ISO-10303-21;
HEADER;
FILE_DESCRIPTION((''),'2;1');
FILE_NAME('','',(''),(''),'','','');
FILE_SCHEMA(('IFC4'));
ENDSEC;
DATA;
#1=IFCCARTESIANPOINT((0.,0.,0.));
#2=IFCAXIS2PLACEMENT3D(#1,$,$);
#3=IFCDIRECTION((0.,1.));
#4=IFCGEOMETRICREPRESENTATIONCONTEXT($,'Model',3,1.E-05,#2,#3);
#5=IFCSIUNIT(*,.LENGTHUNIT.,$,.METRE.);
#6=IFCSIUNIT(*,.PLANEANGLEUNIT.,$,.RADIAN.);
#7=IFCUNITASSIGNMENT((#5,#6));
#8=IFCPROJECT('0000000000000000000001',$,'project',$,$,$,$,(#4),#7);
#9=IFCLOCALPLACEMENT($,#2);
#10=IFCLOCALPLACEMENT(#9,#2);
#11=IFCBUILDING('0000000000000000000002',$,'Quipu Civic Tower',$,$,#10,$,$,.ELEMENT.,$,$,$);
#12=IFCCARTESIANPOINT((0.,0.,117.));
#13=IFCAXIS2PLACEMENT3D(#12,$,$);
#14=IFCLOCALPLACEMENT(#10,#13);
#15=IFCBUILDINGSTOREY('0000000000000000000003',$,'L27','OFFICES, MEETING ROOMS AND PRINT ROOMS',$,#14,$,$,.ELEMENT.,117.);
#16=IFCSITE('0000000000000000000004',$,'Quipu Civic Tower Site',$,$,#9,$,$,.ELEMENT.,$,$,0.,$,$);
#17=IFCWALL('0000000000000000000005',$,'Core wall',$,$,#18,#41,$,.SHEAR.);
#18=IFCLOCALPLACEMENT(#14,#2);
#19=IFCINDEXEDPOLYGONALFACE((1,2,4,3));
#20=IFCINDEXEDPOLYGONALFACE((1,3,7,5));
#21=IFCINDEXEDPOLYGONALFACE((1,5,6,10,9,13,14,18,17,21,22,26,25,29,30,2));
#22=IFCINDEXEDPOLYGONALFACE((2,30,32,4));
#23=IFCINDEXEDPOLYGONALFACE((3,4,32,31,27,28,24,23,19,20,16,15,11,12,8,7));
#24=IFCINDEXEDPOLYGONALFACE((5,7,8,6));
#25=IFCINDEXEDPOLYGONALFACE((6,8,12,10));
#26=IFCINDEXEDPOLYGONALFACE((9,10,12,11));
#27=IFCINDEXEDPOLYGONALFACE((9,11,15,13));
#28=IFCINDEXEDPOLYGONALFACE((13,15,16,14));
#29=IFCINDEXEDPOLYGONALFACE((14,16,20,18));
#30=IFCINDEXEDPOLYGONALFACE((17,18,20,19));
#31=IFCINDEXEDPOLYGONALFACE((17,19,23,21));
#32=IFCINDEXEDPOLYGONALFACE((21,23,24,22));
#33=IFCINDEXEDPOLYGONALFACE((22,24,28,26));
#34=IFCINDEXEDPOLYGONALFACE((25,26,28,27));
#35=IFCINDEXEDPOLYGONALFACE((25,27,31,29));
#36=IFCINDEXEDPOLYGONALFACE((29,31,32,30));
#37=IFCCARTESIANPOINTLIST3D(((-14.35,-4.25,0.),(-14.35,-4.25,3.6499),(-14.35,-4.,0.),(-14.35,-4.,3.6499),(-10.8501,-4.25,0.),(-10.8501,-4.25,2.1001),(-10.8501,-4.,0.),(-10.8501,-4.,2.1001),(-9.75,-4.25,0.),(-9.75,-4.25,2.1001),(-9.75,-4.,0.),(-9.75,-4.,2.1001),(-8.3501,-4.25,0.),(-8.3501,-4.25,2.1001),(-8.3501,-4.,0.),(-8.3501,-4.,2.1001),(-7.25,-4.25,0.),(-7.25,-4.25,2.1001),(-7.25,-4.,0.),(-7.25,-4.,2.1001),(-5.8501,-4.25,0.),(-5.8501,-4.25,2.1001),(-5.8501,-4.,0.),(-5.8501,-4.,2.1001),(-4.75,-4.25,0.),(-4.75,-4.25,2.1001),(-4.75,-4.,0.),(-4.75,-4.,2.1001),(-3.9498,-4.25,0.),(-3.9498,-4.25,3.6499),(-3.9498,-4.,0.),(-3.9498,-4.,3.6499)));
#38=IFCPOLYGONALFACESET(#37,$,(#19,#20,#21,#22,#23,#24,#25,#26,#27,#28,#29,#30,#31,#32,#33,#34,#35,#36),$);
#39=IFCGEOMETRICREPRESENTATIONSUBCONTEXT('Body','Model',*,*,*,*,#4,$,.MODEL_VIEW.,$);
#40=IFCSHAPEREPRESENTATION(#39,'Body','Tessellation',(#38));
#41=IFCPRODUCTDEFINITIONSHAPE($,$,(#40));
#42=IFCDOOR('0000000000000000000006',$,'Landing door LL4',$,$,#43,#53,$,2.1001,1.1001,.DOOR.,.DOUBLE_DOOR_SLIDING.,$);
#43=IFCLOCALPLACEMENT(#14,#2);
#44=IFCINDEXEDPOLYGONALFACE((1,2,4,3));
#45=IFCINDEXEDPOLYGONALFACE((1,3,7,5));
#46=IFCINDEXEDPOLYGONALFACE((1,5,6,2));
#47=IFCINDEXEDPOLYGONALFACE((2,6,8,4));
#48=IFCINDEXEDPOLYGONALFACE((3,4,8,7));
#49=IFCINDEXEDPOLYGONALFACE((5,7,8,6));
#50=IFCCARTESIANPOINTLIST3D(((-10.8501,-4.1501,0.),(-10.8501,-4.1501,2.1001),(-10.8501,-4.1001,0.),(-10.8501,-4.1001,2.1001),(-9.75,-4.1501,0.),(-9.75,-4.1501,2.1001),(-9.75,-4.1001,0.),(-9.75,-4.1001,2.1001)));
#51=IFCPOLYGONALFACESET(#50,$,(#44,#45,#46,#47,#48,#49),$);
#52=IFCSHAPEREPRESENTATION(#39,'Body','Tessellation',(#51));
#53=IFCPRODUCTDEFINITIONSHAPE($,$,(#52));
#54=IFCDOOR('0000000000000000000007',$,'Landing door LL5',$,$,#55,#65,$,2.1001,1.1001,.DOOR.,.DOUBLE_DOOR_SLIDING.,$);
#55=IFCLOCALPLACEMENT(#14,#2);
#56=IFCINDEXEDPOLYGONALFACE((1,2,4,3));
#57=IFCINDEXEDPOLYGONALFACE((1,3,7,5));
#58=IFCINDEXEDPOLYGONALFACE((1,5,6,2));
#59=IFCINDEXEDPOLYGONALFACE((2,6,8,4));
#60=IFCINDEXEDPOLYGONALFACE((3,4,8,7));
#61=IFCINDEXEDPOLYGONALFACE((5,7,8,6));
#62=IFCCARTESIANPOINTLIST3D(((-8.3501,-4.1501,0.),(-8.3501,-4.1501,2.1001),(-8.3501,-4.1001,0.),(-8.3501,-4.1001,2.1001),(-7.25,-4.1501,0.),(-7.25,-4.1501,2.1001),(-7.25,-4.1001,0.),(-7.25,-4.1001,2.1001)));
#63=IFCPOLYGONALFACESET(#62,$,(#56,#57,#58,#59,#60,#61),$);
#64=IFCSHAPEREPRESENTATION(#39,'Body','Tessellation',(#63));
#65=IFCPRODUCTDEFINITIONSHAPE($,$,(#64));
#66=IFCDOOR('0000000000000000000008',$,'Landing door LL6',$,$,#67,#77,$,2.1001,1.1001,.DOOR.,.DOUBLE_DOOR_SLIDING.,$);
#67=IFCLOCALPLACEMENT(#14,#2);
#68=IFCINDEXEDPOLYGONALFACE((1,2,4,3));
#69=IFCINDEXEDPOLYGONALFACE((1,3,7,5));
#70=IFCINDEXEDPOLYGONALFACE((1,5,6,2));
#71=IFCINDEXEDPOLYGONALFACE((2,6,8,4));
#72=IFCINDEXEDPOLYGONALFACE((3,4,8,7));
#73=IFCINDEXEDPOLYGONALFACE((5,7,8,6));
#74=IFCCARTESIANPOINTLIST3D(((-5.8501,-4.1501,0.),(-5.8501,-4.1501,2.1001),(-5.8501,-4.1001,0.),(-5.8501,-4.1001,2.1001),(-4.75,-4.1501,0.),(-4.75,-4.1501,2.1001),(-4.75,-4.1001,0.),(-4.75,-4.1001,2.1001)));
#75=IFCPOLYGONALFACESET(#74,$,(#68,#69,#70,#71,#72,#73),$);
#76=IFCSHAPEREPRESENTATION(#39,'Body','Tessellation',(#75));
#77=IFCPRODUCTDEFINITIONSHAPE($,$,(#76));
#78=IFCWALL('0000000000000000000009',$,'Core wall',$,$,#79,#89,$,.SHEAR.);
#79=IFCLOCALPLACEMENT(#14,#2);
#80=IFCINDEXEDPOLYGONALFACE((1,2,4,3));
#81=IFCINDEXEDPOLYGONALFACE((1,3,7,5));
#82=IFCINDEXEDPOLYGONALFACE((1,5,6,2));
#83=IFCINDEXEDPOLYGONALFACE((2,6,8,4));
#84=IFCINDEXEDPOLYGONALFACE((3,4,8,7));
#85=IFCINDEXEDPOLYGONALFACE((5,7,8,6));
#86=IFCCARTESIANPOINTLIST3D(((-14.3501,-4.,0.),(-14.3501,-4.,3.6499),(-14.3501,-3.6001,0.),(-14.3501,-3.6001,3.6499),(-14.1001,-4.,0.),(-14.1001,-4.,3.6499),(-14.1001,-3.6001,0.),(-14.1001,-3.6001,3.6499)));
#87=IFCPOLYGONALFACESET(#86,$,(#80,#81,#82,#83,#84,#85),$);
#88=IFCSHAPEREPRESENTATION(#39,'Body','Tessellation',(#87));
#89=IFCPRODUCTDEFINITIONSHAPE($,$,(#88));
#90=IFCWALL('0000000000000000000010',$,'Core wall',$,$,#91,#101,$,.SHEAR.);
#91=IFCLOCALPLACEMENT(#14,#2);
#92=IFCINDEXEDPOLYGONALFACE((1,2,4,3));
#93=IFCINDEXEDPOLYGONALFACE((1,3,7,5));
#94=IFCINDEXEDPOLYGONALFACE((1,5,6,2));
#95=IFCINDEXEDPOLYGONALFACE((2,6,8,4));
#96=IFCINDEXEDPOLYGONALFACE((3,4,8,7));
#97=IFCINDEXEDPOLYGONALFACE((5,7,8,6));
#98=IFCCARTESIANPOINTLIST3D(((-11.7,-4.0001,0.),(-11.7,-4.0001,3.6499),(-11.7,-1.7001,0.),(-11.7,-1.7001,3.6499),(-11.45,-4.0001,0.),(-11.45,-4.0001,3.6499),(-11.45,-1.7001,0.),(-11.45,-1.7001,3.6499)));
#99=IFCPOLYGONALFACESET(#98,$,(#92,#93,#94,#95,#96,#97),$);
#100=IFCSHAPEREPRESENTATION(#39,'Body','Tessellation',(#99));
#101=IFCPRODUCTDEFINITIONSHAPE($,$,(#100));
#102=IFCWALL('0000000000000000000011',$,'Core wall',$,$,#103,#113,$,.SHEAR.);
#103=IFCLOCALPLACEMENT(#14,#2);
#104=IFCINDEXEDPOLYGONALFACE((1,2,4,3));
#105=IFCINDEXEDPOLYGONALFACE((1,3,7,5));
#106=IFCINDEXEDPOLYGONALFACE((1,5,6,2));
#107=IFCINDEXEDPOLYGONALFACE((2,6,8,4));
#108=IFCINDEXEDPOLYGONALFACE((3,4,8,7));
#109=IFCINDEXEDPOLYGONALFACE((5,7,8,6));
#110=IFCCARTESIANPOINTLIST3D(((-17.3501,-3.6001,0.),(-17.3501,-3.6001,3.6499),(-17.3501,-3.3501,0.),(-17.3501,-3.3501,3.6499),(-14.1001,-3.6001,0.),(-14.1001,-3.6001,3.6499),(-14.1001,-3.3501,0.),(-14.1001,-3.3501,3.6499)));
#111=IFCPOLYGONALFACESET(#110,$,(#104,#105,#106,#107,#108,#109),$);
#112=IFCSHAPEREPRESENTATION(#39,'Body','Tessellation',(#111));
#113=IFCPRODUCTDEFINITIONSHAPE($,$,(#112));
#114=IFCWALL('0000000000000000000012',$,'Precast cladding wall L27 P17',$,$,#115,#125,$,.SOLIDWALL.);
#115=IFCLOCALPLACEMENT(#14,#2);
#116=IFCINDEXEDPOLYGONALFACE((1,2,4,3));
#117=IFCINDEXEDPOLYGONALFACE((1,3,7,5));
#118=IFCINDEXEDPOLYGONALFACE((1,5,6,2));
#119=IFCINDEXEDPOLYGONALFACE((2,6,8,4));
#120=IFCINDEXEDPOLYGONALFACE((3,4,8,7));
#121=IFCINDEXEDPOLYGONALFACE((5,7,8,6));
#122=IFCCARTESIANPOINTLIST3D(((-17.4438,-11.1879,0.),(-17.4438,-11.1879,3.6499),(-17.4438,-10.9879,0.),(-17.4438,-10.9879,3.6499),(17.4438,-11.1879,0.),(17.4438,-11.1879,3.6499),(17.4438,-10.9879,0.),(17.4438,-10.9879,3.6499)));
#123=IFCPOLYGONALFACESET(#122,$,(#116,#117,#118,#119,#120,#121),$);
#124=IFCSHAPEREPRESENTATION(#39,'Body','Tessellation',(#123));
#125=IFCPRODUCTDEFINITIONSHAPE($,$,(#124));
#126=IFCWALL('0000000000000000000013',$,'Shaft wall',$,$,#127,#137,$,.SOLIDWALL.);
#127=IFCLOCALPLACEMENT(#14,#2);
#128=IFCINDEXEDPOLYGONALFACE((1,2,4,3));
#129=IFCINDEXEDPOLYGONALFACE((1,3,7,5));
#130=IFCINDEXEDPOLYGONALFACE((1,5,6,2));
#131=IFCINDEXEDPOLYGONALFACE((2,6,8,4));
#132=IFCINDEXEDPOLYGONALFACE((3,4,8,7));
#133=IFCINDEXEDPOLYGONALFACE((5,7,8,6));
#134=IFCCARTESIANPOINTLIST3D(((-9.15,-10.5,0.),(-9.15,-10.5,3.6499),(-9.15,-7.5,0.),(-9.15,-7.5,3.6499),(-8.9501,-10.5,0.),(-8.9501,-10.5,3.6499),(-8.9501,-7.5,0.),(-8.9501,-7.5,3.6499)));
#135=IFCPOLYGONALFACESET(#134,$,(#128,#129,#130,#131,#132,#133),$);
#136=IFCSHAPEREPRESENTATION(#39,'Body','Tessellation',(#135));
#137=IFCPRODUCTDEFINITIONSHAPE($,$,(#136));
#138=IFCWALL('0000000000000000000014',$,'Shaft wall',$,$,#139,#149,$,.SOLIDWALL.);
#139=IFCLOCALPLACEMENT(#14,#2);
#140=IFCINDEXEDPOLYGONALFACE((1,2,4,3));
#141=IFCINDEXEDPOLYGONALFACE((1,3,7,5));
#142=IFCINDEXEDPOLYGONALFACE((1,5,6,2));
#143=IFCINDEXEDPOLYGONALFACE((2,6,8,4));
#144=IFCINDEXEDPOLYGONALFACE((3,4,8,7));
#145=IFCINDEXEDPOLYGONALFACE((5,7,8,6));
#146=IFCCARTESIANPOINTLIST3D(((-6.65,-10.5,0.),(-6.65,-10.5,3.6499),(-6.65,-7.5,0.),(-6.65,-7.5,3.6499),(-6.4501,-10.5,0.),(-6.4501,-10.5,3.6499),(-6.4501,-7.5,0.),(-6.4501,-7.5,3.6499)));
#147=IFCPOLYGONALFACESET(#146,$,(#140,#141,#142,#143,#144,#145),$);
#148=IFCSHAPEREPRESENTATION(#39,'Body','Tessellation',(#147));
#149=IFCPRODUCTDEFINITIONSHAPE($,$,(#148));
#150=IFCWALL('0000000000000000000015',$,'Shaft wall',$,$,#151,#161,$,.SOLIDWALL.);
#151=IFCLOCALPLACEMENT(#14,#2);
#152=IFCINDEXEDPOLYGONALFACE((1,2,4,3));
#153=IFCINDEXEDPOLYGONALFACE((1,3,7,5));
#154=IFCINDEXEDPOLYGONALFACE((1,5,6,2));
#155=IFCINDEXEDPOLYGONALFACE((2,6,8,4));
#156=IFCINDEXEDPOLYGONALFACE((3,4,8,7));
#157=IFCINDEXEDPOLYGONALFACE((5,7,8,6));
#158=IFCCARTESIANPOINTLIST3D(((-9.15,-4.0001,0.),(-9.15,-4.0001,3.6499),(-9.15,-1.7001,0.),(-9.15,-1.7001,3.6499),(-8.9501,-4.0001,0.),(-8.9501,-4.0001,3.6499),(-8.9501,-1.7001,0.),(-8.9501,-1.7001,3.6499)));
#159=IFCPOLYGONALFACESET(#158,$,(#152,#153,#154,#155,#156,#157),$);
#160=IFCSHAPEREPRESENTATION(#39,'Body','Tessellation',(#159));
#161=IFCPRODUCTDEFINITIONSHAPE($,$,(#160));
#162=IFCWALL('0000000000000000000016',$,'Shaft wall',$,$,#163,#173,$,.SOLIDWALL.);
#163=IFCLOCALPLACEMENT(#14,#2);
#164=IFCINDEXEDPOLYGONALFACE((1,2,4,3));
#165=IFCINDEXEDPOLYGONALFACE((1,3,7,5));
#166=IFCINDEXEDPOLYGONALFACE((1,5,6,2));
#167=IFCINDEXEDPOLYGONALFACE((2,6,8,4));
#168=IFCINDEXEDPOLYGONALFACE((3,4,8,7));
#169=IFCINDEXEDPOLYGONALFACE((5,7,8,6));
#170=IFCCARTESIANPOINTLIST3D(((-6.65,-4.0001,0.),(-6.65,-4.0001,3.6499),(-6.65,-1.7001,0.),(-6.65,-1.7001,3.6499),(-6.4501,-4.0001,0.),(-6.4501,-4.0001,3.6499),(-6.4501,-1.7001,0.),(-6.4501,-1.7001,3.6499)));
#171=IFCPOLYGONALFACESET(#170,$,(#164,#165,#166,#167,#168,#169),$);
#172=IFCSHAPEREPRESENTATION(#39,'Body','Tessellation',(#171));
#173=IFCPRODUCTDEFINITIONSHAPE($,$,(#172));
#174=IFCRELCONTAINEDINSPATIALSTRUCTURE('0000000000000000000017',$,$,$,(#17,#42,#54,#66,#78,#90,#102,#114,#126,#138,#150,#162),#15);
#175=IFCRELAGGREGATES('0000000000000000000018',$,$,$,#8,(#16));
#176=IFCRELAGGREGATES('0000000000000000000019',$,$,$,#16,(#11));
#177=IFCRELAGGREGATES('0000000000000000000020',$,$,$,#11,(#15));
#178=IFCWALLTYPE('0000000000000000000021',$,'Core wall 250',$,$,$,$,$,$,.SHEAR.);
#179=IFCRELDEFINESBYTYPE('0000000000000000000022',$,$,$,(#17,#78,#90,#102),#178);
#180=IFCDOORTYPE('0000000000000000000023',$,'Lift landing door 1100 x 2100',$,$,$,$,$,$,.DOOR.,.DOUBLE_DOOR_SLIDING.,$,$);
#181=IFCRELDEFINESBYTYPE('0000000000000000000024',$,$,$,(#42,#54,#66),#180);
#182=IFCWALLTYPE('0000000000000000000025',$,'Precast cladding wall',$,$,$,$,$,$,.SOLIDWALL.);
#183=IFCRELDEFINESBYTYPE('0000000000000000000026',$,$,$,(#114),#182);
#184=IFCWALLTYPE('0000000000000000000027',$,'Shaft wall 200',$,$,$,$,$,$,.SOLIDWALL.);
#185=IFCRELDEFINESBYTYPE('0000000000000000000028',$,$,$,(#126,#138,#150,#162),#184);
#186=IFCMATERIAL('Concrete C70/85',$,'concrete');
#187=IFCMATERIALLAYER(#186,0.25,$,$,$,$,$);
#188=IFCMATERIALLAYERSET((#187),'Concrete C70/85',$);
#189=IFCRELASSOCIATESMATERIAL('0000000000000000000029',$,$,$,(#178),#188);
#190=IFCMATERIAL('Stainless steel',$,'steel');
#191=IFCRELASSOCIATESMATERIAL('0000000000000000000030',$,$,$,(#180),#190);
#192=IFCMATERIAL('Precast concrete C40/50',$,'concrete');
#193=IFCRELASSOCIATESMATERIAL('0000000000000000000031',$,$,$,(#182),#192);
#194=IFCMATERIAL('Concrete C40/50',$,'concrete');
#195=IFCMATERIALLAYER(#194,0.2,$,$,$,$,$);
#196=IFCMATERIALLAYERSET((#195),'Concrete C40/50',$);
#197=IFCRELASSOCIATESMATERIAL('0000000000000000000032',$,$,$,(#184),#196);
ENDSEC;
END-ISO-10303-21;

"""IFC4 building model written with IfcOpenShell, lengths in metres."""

from ifc_helpers import new_model, si_unit, direction, frame, frame_2d, origin, place, context, subcontext, project, spatial, rectangle, extrude, material, layer, layer_set, type_object, element, fill, save


model = new_model("IFC4")

# Units and contexts
model_context = context("Model", 3, precision=1e-05, world=origin(), true_north=direction((0.0, 1.0)))
body_context = subcontext(model_context, "Body", "Model", "MODEL_VIEW")
ifc_project = project(units=[si_unit("LENGTHUNIT", "METRE"), si_unit("PLANEANGLEUNIT", "RADIAN")], contexts=[model_context])

# Site, building, storey
site_placement = place(None, origin())
site = spatial("IfcSite", under=ifc_project, at=site_placement, Name="Quipu Civic Tower Site", CompositionType="ELEMENT", RefElevation=0.0)
building_placement = place(site_placement, origin())
building = spatial("IfcBuilding", under=site, at=building_placement, Name="Quipu Civic Tower", CompositionType="ELEMENT")
storey_placement = place(building_placement, frame((0.0, 0.0, 117.0)))
storey = spatial("IfcBuildingStorey", under=building, at=storey_placement, Name="L27", Description="OFFICES, MEETING ROOMS AND PRINT ROOMS", CompositionType="ELEMENT", Elevation=117.0)

# Shared definitions
ifc_material_1 = material(Name="Concrete C70/85", Category="concrete")
ifc_layer_1 = layer(ifc_material_1, 0.25)
ifc_layer_set_1 = layer_set([ifc_layer_1], Name="Concrete C70/85")
wall_type_1 = type_object("IfcWallType", Name="Core wall 250", PredefinedType="SHEAR", material=ifc_layer_set_1)

# Wall, openings, doors
wall_1_placement = place(storey_placement, frame((-14.3501, -4.125, 0.0), z_axis=(0.0, 0.0, 1.0), x_axis=(1.0, 0.0, 0.0)))
wall_1 = element("IfcWall", 1, at=wall_1_placement, inside=storey, type_object=wall_type_1, Name="Core wall", PredefinedType="SHEAR", context=body_context, shape_type="SweptSolid", body=[
    extrude(rectangle(XDim=10.4001, YDim=0.25, at=frame_2d((5.2002, 0.0))), origin(), (0.0, 0.0, 1.0), 3.6499),
])
opening_1_placement = place(wall_1_placement, frame((3.5, 0.0, 0.0)))
opening_1 = element("IfcOpeningElement", 2, at=opening_1_placement, cuts=wall_1, PredefinedType="OPENING", context=body_context, shape_type="SweptSolid", body=[
    extrude(rectangle(XDim=1.1001, YDim=2.1001, at=frame_2d((0.55, 1.05))), frame((0.0, 0.135, 0.0), z_axis=(0.0, -1.0, 0.0), x_axis=(1.0, 0.0, 0.0)), (0.0, 0.0, 1.0), 0.27),
])
opening_2_placement = place(wall_1_placement, frame((6.0, 0.0, 0.0)))
opening_2 = element("IfcOpeningElement", 3, at=opening_2_placement, cuts=wall_1, PredefinedType="OPENING", context=body_context, shape_type="SweptSolid", body=[
    extrude(rectangle(XDim=1.1001, YDim=2.1001, at=frame_2d((0.55, 1.05))), frame((0.0, 0.135, 0.0), z_axis=(0.0, -1.0, 0.0), x_axis=(1.0, 0.0, 0.0)), (0.0, 0.0, 1.0), 0.27),
])
opening_3_placement = place(wall_1_placement, frame((8.5, 0.0, 0.0)))
opening_3 = element("IfcOpeningElement", 4, at=opening_3_placement, cuts=wall_1, PredefinedType="OPENING", context=body_context, shape_type="SweptSolid", body=[
    extrude(rectangle(XDim=1.1001, YDim=2.1001, at=frame_2d((0.55, 1.05))), frame((0.0, 0.135, 0.0), z_axis=(0.0, -1.0, 0.0), x_axis=(1.0, 0.0, 0.0)), (0.0, 0.0, 1.0), 0.27),
])
ifc_material_2 = material(Name="Stainless steel", Category="steel")
door_type_1 = type_object("IfcDoorType", Name="Lift landing door 1100 x 2100", OperationType="DOUBLE_DOOR_SLIDING", PredefinedType="DOOR", material=ifc_material_2)
door_1_placement = place(opening_1_placement, origin())
door_1 = element("IfcDoor", 5, at=door_1_placement, inside=storey, type_object=door_type_1, Name="Landing door LL4", OperationType="DOUBLE_DOOR_SLIDING", OverallHeight=2.1001, OverallWidth=1.1001, PredefinedType="DOOR", context=body_context, shape_type="SweptSolid", body=[
    extrude(rectangle(XDim=1.1001, YDim=2.1001, at=frame_2d((0.55, 1.05))), frame((0.0, 0.0249, 0.0), z_axis=(0.0, -1.0, 0.0), x_axis=(1.0, 0.0, 0.0)), (0.0, 0.0, 1.0), 0.05),
])
fill(opening_1, door_1)
door_2_placement = place(opening_2_placement, origin())
door_2 = element("IfcDoor", 6, at=door_2_placement, inside=storey, type_object=door_type_1, Name="Landing door LL5", OperationType="DOUBLE_DOOR_SLIDING", OverallHeight=2.1001, OverallWidth=1.1001, PredefinedType="DOOR", context=body_context, shape_type="SweptSolid", body=[
    extrude(rectangle(XDim=1.1001, YDim=2.1001, at=frame_2d((0.55, 1.05))), frame((0.0, 0.0249, 0.0), z_axis=(0.0, -1.0, 0.0), x_axis=(1.0, 0.0, 0.0)), (0.0, 0.0, 1.0), 0.05),
])
fill(opening_2, door_2)
door_3_placement = place(opening_3_placement, origin())
door_3 = element("IfcDoor", 7, at=door_3_placement, inside=storey, type_object=door_type_1, Name="Landing door LL6", OperationType="DOUBLE_DOOR_SLIDING", OverallHeight=2.1001, OverallWidth=1.1001, PredefinedType="DOOR", context=body_context, shape_type="SweptSolid", body=[
    extrude(rectangle(XDim=1.1001, YDim=2.1001, at=frame_2d((0.55, 1.05))), frame((0.0, 0.0249, 0.0), z_axis=(0.0, -1.0, 0.0), x_axis=(1.0, 0.0, 0.0)), (0.0, 0.0, 1.0), 0.05),
])
fill(opening_3, door_3)

# Walls
wall_2_placement = place(storey_placement, frame((-14.2251, -4.0, 0.0), z_axis=(0.0, 0.0, 1.0), x_axis=(0.0, 1.0, 0.0)))
element("IfcWall", 8, at=wall_2_placement, inside=storey, type_object=wall_type_1, Name="Core wall", PredefinedType="SHEAR", context=body_context, shape_type="SweptSolid", body=[
    extrude(rectangle(XDim=0.3999, YDim=0.25, at=frame_2d((0.2, 0.0))), origin(), (0.0, 0.0, 1.0), 3.6499),
])
wall_3_placement = place(storey_placement, frame((-11.575, -4.0, 0.0), z_axis=(0.0, 0.0, 1.0), x_axis=(0.0, 1.0, 0.0)))
element("IfcWall", 9, at=wall_3_placement, inside=storey, type_object=wall_type_1, Name="Core wall", PredefinedType="SHEAR", context=body_context, shape_type="SweptSolid", body=[
    extrude(rectangle(XDim=2.3, YDim=0.25, at=frame_2d((1.1499, 0.0))), origin(), (0.0, 0.0, 1.0), 3.6499),
])
wall_4_placement = place(storey_placement, frame((-17.3501, -3.4751, 0.0), z_axis=(0.0, 0.0, 1.0), x_axis=(1.0, 0.0, 0.0)))
element("IfcWall", 10, at=wall_4_placement, inside=storey, type_object=wall_type_1, Name="Core wall", PredefinedType="SHEAR", context=body_context, shape_type="SweptSolid", body=[
    extrude(rectangle(XDim=3.25, YDim=0.25, at=frame_2d((1.625, 0.0))), origin(), (0.0, 0.0, 1.0), 3.6499),
])
ifc_material_3 = material(Name="Precast concrete C40/50", Category="concrete")
wall_type_2 = type_object("IfcWallType", Name="Precast cladding wall", PredefinedType="SOLIDWALL", material=ifc_material_3)
wall_5_placement = place(storey_placement, frame((-17.4438, -11.0879, 0.0), z_axis=(0.0, 0.0, 1.0), x_axis=(1.0, 0.0, 0.0)))
element("IfcWall", 11, at=wall_5_placement, inside=storey, type_object=wall_type_2, Name="Precast cladding wall L27 P17", PredefinedType="SOLIDWALL", context=body_context, shape_type="SweptSolid", body=[
    extrude(rectangle(XDim=34.8877, YDim=0.2, at=frame_2d((17.4438, 0.0))), origin(), (0.0, 0.0, 1.0), 3.6499),
])
ifc_material_4 = material(Name="Concrete C40/50", Category="concrete")
ifc_layer_2 = layer(ifc_material_4, 0.2)
ifc_layer_set_2 = layer_set([ifc_layer_2], Name="Concrete C40/50")
wall_type_3 = type_object("IfcWallType", Name="Shaft wall 200", PredefinedType="SOLIDWALL", material=ifc_layer_set_2)
for number, where, z_axis, x_axis, name in (
    (12, (-9.05, -10.5, 0.0), (0.0, 0.0, 1.0), (0.0, 1.0, 0.0), "Shaft wall"),
    (13, (-6.55, -10.5, 0.0), (0.0, 0.0, 1.0), (0.0, 1.0, 0.0), "Shaft wall"),
):
    element("IfcWall", number, at=place(storey_placement, frame(where, z_axis=z_axis, x_axis=x_axis)), inside=storey, type_object=wall_type_3, Name=name, PredefinedType="SOLIDWALL", context=body_context, shape_type="SweptSolid", body=[
        extrude(rectangle(XDim=3.0, YDim=0.2, at=frame_2d((1.5, 0.0))), origin(), (0.0, 0.0, 1.0), 3.6499),
    ])
for number, where, z_axis, x_axis, name in (
    (14, (-9.05, -4.0, 0.0), (0.0, 0.0, 1.0), (0.0, 1.0, 0.0), "Shaft wall"),
    (15, (-6.55, -4.0, 0.0), (0.0, 0.0, 1.0), (0.0, 1.0, 0.0), "Shaft wall"),
):
    element("IfcWall", number, at=place(storey_placement, frame(where, z_axis=z_axis, x_axis=x_axis)), inside=storey, type_object=wall_type_3, Name=name, PredefinedType="SOLIDWALL", context=body_context, shape_type="SweptSolid", body=[
        extrude(rectangle(XDim=2.3, YDim=0.2, at=frame_2d((1.1499, 0.0))), origin(), (0.0, 0.0, 1.0), 3.6499),
    ])

save(model, "model.ifc")
